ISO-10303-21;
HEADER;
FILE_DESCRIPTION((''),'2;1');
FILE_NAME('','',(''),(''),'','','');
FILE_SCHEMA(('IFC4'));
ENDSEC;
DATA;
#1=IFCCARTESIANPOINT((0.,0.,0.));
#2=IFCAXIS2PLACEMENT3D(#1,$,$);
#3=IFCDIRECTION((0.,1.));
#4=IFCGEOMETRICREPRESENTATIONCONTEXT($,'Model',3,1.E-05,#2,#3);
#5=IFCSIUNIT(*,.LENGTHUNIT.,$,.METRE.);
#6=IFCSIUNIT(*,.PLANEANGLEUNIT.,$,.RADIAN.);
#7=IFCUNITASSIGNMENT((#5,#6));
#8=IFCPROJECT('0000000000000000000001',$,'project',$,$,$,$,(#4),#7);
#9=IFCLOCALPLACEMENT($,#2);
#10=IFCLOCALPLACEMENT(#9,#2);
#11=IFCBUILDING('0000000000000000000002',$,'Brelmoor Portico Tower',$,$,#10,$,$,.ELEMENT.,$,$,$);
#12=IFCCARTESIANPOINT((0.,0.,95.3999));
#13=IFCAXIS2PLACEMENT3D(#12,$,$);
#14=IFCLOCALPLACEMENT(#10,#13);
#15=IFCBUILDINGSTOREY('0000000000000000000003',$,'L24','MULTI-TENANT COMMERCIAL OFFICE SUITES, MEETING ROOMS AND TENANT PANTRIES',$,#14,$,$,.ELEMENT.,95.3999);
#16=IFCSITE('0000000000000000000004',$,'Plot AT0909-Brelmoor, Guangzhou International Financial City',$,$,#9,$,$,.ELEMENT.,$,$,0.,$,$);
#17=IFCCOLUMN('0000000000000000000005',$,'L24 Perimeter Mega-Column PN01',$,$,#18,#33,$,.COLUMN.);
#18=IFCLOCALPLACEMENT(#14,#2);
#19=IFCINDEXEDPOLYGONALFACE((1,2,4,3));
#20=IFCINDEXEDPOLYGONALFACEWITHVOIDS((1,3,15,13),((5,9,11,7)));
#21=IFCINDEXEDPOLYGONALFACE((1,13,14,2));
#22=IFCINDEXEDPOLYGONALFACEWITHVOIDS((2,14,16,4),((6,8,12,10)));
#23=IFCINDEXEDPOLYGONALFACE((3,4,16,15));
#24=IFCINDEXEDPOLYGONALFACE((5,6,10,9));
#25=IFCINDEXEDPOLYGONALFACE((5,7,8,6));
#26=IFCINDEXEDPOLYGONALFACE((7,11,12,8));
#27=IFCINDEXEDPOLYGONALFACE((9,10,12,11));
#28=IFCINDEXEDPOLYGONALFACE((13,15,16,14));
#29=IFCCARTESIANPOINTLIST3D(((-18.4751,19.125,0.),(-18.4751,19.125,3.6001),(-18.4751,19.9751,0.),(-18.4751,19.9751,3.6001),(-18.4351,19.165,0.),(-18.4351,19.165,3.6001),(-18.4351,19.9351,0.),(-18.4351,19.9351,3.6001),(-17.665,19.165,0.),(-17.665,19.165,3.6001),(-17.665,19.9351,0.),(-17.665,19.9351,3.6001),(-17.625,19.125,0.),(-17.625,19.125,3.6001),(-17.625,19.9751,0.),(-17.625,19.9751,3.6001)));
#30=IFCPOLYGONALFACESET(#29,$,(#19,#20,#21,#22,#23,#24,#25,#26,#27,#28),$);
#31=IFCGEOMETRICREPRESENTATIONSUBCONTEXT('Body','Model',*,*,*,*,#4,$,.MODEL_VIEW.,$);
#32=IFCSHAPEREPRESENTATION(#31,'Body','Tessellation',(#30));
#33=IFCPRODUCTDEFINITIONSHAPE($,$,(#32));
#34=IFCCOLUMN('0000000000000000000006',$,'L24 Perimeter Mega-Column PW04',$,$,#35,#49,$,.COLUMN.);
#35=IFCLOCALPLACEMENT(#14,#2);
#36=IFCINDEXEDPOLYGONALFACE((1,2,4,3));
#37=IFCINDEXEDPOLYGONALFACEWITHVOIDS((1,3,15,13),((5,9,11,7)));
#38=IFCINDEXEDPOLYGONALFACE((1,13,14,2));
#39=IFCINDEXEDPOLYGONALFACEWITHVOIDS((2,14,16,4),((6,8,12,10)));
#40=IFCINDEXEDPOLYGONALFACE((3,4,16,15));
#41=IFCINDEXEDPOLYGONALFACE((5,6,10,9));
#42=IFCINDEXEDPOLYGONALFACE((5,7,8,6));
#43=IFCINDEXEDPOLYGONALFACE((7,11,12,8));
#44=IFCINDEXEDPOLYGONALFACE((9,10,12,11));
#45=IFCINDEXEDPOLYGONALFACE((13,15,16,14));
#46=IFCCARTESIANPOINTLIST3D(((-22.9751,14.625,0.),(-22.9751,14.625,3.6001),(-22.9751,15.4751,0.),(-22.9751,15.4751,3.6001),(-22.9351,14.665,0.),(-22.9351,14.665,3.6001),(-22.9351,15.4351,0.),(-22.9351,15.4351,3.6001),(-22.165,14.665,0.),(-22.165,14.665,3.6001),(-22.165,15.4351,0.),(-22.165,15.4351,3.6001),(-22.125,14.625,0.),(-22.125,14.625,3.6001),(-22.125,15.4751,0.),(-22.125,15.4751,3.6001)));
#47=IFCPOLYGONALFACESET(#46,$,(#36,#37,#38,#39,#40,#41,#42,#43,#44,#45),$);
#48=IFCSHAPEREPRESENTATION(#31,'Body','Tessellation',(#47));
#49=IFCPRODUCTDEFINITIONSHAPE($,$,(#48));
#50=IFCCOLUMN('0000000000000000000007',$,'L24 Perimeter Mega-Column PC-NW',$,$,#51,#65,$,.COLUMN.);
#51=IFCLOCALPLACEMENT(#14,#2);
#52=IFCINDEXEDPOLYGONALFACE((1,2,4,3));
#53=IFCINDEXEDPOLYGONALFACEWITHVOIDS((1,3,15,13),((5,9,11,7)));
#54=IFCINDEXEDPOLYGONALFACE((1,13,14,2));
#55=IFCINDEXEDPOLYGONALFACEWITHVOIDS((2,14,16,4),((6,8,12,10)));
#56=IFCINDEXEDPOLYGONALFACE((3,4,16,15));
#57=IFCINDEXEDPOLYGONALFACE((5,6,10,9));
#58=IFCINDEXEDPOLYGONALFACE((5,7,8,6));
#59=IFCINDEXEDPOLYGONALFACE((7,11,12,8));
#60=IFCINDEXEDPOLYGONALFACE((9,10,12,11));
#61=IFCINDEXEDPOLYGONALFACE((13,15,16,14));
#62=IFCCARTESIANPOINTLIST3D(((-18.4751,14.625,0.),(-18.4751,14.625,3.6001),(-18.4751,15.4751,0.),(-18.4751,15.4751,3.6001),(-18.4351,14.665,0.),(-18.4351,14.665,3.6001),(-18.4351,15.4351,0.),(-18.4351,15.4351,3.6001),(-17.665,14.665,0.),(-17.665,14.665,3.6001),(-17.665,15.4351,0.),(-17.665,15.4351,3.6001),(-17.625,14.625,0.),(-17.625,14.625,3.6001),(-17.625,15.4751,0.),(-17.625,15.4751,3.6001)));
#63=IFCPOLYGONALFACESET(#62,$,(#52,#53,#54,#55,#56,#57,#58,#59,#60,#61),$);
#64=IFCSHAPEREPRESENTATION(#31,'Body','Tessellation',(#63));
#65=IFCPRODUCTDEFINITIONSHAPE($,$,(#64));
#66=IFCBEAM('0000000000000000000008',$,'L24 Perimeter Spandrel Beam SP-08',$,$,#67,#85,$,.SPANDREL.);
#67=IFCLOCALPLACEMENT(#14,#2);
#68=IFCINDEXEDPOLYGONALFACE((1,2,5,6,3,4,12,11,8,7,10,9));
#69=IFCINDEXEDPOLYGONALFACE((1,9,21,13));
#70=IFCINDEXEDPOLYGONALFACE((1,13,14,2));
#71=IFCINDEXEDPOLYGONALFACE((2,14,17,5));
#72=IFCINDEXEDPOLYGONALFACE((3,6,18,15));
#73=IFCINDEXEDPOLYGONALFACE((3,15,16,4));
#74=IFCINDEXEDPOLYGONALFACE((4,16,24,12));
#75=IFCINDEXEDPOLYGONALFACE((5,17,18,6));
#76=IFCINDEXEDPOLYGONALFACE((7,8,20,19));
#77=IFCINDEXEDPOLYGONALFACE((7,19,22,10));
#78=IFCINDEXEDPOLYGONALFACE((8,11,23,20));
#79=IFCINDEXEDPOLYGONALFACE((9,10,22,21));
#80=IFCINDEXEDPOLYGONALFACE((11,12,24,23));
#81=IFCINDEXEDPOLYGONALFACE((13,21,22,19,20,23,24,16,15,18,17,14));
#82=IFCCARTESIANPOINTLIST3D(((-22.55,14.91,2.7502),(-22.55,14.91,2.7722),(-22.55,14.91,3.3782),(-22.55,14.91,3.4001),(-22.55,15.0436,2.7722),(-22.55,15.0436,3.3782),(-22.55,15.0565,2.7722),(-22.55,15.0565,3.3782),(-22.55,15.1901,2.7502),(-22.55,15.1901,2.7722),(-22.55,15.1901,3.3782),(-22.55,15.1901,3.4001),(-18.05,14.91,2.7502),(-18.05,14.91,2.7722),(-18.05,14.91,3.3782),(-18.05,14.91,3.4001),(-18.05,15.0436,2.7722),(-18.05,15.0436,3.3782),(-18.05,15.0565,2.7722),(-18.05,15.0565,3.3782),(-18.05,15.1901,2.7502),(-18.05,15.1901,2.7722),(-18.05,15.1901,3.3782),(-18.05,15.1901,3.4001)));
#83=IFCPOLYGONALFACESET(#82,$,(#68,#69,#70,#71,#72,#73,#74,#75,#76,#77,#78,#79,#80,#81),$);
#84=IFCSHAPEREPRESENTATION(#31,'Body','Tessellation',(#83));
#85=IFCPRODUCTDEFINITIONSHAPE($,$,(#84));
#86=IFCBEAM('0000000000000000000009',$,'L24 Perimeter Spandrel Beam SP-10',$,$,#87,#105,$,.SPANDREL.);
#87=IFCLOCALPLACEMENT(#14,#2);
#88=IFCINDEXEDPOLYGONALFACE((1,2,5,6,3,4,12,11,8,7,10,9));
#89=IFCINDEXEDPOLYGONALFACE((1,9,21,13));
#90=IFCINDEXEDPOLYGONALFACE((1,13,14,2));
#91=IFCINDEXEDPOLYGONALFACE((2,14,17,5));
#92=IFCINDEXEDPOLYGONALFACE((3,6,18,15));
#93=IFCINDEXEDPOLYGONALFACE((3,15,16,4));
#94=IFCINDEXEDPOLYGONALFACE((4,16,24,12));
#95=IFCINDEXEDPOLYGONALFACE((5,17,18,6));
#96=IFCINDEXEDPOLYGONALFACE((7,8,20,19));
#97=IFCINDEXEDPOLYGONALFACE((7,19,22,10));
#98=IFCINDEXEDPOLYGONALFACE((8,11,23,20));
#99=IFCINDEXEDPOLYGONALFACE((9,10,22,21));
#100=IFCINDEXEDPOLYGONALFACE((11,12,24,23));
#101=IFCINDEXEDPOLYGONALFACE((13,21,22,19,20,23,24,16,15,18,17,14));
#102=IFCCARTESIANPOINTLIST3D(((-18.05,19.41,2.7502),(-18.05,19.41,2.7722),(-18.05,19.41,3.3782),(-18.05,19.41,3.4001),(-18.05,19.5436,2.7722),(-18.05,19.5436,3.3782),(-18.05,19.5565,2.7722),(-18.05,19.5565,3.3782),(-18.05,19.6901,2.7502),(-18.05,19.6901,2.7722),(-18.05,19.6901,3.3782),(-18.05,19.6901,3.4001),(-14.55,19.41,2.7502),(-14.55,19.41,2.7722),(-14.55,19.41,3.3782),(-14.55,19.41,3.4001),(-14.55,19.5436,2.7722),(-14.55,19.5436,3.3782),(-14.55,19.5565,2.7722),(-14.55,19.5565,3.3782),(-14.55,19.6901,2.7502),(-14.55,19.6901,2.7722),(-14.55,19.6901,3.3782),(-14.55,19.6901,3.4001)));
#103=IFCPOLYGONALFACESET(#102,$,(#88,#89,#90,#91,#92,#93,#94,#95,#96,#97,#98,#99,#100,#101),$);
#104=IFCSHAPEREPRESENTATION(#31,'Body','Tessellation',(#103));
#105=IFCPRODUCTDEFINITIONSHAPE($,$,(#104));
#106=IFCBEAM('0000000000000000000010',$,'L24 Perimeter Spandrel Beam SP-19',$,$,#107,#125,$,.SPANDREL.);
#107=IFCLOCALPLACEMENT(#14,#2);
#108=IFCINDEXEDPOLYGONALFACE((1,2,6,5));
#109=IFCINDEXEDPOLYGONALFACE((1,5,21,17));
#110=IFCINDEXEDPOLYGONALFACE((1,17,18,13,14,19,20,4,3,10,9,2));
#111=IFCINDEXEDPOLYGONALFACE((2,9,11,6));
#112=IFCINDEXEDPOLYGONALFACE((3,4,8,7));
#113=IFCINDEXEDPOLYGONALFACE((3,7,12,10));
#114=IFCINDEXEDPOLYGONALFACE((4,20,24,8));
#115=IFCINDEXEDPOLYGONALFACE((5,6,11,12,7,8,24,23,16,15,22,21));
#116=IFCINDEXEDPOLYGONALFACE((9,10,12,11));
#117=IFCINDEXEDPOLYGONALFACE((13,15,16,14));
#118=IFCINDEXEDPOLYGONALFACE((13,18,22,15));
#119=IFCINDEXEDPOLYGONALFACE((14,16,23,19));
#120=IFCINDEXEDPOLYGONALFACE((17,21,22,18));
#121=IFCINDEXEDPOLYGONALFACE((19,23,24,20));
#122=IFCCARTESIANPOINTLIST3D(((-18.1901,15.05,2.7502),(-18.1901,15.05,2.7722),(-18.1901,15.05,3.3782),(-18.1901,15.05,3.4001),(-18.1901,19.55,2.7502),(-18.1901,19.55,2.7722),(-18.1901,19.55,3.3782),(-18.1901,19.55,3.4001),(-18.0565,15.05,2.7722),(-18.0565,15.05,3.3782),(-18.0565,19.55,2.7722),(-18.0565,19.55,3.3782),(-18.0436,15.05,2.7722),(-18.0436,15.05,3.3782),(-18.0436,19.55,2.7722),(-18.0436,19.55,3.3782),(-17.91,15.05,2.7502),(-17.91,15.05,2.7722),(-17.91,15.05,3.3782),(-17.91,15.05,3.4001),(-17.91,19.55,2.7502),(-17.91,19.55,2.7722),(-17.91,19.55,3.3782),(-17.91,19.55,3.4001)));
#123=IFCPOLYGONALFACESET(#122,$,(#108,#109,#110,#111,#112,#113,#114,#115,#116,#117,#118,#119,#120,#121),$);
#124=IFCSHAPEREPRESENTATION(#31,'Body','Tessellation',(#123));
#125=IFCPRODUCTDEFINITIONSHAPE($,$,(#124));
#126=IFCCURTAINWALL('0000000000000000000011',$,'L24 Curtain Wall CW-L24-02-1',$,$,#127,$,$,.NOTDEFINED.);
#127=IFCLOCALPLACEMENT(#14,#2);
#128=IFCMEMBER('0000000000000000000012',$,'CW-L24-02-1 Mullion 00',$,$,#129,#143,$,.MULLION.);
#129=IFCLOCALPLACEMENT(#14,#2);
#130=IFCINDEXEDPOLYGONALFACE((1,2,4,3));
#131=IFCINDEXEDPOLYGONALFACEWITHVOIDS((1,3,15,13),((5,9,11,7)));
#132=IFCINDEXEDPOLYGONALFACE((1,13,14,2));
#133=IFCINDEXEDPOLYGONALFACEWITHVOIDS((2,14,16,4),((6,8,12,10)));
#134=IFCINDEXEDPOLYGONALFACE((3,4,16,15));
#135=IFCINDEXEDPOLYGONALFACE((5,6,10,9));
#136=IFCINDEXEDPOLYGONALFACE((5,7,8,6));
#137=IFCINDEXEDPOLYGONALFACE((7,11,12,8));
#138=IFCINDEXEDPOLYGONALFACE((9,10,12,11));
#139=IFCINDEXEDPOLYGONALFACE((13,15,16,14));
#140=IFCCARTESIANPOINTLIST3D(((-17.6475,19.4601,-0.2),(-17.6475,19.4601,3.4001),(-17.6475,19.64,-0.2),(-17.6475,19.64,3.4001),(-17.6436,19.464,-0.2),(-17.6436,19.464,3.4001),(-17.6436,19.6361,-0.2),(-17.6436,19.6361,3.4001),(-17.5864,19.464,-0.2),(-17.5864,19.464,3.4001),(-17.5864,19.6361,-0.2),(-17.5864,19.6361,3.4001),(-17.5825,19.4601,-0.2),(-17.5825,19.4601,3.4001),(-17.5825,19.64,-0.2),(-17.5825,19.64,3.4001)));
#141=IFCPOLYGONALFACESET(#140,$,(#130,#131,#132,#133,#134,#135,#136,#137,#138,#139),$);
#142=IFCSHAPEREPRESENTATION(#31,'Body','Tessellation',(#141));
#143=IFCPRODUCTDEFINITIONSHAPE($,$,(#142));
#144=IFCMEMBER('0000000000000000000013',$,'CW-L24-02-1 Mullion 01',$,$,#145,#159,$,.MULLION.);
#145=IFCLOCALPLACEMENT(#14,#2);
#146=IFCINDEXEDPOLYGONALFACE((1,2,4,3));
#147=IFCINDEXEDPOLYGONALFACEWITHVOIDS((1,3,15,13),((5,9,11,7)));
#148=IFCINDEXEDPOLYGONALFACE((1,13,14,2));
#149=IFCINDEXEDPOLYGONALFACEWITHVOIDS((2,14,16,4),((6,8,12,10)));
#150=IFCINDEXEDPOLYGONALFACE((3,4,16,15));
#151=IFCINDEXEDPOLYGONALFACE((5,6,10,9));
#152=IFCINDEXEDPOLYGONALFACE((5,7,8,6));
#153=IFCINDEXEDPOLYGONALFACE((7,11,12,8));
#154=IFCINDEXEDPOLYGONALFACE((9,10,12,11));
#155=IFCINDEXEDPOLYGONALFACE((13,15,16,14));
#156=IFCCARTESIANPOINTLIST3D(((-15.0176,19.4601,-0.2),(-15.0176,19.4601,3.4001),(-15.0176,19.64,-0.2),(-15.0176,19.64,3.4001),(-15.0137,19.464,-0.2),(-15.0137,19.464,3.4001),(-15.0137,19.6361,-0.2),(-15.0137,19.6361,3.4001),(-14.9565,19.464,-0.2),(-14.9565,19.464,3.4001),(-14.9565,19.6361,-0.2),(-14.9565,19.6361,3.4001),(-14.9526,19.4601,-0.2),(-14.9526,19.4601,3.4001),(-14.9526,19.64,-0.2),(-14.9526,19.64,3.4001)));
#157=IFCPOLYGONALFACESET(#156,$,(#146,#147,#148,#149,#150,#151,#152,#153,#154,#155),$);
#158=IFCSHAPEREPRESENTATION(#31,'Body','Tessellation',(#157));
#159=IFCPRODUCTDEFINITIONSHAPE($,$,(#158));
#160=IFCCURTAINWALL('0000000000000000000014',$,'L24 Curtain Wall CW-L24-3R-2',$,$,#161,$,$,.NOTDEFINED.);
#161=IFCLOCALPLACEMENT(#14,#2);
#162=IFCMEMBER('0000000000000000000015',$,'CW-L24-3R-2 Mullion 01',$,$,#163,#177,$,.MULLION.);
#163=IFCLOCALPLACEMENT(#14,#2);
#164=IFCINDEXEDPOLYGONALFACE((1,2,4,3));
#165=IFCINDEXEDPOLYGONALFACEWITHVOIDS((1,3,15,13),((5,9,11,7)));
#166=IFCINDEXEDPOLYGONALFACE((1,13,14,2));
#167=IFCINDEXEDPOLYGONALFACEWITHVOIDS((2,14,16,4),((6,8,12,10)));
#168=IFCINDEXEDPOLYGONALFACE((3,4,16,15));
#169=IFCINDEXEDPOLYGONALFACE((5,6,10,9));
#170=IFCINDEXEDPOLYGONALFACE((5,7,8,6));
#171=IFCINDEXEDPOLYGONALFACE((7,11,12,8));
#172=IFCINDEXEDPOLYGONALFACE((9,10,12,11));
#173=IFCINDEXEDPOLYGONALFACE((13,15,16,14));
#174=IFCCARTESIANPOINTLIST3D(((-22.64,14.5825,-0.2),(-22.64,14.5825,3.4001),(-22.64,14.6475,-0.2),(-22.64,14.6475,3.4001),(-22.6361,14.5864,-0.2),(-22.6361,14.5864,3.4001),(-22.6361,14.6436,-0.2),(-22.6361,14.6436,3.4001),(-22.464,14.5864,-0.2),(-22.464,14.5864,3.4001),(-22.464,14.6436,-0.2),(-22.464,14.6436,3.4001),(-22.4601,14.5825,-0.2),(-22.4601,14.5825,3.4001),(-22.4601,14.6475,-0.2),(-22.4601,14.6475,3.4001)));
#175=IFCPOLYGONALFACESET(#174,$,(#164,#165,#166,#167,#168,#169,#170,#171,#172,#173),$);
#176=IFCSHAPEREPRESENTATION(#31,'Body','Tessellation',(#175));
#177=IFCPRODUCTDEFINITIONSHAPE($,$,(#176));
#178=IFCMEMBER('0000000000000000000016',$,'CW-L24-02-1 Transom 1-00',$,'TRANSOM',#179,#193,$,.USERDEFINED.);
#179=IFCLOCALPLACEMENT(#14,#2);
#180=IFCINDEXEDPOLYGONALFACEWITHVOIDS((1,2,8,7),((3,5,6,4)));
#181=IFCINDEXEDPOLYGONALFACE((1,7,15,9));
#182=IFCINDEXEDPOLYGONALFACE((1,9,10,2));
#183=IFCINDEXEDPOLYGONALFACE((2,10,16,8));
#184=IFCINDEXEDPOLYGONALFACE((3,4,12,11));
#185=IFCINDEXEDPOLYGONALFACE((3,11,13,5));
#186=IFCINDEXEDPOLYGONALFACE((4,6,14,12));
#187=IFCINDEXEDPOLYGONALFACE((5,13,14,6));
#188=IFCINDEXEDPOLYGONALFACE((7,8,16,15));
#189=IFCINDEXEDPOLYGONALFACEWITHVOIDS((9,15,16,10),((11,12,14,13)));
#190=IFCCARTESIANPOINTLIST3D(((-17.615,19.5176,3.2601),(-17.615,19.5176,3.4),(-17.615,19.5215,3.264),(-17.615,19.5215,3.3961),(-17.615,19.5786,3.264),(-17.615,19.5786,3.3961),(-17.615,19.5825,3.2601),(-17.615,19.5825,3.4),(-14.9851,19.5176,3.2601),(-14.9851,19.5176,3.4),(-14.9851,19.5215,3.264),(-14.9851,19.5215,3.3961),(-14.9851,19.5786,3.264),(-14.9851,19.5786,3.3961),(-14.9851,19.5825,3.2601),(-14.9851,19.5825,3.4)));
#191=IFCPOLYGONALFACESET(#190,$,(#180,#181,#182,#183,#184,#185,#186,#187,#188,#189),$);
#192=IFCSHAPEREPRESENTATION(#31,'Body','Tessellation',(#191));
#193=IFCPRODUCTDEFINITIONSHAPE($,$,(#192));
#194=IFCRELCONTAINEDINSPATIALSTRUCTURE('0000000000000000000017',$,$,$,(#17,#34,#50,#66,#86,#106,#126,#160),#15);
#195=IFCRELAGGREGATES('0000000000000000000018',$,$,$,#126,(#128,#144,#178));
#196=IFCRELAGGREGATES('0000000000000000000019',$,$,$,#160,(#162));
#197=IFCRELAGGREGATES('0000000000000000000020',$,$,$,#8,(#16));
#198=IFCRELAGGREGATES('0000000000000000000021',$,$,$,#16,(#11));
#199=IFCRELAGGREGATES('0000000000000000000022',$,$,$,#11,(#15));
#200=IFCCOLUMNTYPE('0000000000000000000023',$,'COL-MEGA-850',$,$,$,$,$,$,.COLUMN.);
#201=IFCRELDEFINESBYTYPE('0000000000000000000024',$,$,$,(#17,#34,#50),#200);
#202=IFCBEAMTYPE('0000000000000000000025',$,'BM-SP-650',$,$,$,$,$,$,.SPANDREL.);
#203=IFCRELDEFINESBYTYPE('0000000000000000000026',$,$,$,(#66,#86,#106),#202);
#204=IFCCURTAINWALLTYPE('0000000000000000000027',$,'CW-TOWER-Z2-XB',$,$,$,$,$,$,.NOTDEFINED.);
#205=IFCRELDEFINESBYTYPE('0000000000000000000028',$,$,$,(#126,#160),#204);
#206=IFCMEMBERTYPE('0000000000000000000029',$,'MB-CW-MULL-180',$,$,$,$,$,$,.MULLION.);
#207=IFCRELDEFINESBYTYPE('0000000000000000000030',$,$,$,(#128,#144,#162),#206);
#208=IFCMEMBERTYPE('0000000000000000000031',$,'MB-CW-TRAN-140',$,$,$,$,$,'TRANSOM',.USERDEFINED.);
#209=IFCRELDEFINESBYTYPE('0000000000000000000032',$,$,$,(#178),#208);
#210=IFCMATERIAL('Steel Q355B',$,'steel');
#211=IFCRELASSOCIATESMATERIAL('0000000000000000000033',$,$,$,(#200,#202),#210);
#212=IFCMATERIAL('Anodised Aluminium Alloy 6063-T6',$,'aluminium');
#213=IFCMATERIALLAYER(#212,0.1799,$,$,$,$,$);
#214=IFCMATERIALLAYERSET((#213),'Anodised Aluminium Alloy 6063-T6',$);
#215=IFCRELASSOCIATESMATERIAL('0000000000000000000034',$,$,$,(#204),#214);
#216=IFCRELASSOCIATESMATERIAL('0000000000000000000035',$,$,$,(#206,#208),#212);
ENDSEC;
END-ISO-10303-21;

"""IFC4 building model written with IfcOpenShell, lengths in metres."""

from ifc_helpers import new_model, si_unit, direction, frame, origin, origin_2d, place, context, subcontext, project, spatial, hollow_rectangle, i_section, extrude, material, layer, layer_set, material_profile, profile_set, type_object, element, aggregate, save


model = new_model("IFC4")

# Units and contexts
model_context = context("Model", 3, precision=1e-05, world=origin(), true_north=direction((0.0, 1.0)))
body_context = subcontext(model_context, "Body", "Model", "MODEL_VIEW")
ifc_project = project(units=[si_unit("LENGTHUNIT", "METRE"), si_unit("PLANEANGLEUNIT", "RADIAN")], contexts=[model_context])

# Site, building, storey
site_placement = place(None, origin())
site = spatial("IfcSite", under=ifc_project, at=site_placement, Name="Plot AT0909-Brelmoor, Guangzhou International Financial City", CompositionType="ELEMENT", RefElevation=0.0)
building_placement = place(site_placement, origin())
building = spatial("IfcBuilding", under=site, at=building_placement, Name="Brelmoor Portico Tower", CompositionType="ELEMENT")
storey_placement = place(building_placement, frame((0.0, 0.0, 95.3999)))
storey = spatial("IfcBuildingStorey", under=building, at=storey_placement, Name="L24", Description="MULTI-TENANT COMMERCIAL OFFICE SUITES, MEETING ROOMS AND TENANT PANTRIES", CompositionType="ELEMENT", Elevation=95.3999)

# Columns
ifc_material_1 = material(Name="Steel Q355B", Category="steel")
ifc_material_profile_1 = material_profile(ifc_material_1, hollow_rectangle(XDim=0.8501, YDim=0.8501, WallThickness=0.04, at=origin_2d()), Name="BOX 850x850x40")
ifc_profile_set_1 = profile_set([ifc_material_profile_1], Name="Steel Q355B")
column_type = type_object("IfcColumnType", Name="COL-MEGA-850", PredefinedType="COLUMN", material=ifc_profile_set_1)
for number, where, z_axis, x_axis, name in (
    (1, (-18.05, 19.55, 0.0), (0.0, 0.0, 1.0), (1.0, 0.0, 0.0), "L24 Perimeter Mega-Column PN01"),
    (2, (-22.55, 15.05, 0.0), (0.0, 0.0, 1.0), (0.0, 1.0, 0.0), "L24 Perimeter Mega-Column PW04"),
    (3, (-18.05, 15.05, 0.0), (0.0, 0.0, 1.0), (1.0, 0.0, 0.0), "L24 Perimeter Mega-Column PC-NW"),
):
    element("IfcColumn", number, at=place(storey_placement, frame(where, z_axis=z_axis, x_axis=x_axis)), inside=storey, type_object=column_type, Name=name, PredefinedType="COLUMN", context=body_context, shape_type="SweptSolid", body=[
        extrude(hollow_rectangle(XDim=0.8501, YDim=0.8501, WallThickness=0.04, at=origin_2d()), origin(), (0.0, 0.0, 1.0), 3.6001),
    ])

# Beams
ifc_material_profile_2 = material_profile(ifc_material_1, i_section(OverallWidth=0.28, OverallDepth=0.6499, WebThickness=0.0129, FlangeThickness=0.022, at=origin_2d()), Name="HN 650x280x13x22")
ifc_profile_set_2 = profile_set([ifc_material_profile_2], Name="Steel Q355B")
beam_type = type_object("IfcBeamType", Name="BM-SP-650", PredefinedType="SPANDREL", material=ifc_profile_set_2)
beam_1_placement = place(storey_placement, frame((-22.55, 15.05, 3.0752), z_axis=(1.0, 0.0, 0.0), x_axis=(0.0, 1.0, 0.0)))
element("IfcBeam", 4, at=beam_1_placement, inside=storey, type_object=beam_type, Name="L24 Perimeter Spandrel Beam SP-08", PredefinedType="SPANDREL", context=body_context, shape_type="SweptSolid", body=[
    extrude(i_section(OverallWidth=0.28, OverallDepth=0.6499, WebThickness=0.0129, FlangeThickness=0.022, at=origin_2d()), origin(), (0.0, 0.0, 1.0), 4.5),
])
beam_2_placement = place(storey_placement, frame((-18.05, 19.55, 3.0752), z_axis=(1.0, 0.0, 0.0), x_axis=(0.0, 1.0, 0.0)))
element("IfcBeam", 5, at=beam_2_placement, inside=storey, type_object=beam_type, Name="L24 Perimeter Spandrel Beam SP-10", PredefinedType="SPANDREL", context=body_context, shape_type="SweptSolid", body=[
    extrude(i_section(OverallWidth=0.28, OverallDepth=0.6499, WebThickness=0.0129, FlangeThickness=0.022, at=origin_2d()), origin(), (0.0, 0.0, 1.0), 3.5),
])
beam_3_placement = place(storey_placement, frame((-18.05, 15.05, 3.0752), z_axis=(0.0, 1.0, 0.0), x_axis=(-1.0, 0.0, 0.0)))
element("IfcBeam", 6, at=beam_3_placement, inside=storey, type_object=beam_type, Name="L24 Perimeter Spandrel Beam SP-19", PredefinedType="SPANDREL", context=body_context, shape_type="SweptSolid", body=[
    extrude(i_section(OverallWidth=0.28, OverallDepth=0.6499, WebThickness=0.0129, FlangeThickness=0.022, at=origin_2d()), origin(), (0.0, 0.0, 1.0), 4.5),
])

# Curtain wall, members
ifc_material_2 = material(Name="Anodised Aluminium Alloy 6063-T6", Category="aluminium")
ifc_layer_1 = layer(ifc_material_2, 0.1799)
ifc_layer_set_1 = layer_set([ifc_layer_1], Name="Anodised Aluminium Alloy 6063-T6")
curtain_wall_type = type_object("IfcCurtainWallType", Name="CW-TOWER-Z2-XB", PredefinedType="NOTDEFINED", material=ifc_layer_set_1)
curtain_wall_1_placement = place(storey_placement, origin())
curtain_wall_1 = element("IfcCurtainWall", 7, at=curtain_wall_1_placement, inside=storey, type_object=curtain_wall_type, Name="L24 Curtain Wall CW-L24-02-1", PredefinedType="NOTDEFINED")
ifc_material_profile_3 = material_profile(ifc_material_2, hollow_rectangle(XDim=0.0649, YDim=0.1799, WallThickness=0.0039, at=origin_2d()), Name="ALU MULLION 65x180")
ifc_profile_set_3 = profile_set([ifc_material_profile_3], Name="Anodised Aluminium Alloy 6063-T6")
member_type_1 = type_object("IfcMemberType", Name="MB-CW-MULL-180", PredefinedType="MULLION", material=ifc_profile_set_3)
member_1_placement = place(storey_placement, frame((-17.615, 19.55, -0.2), z_axis=(0.0, 0.0, 1.0), x_axis=(1.0, 0.0, 0.0)))
member_1 = element("IfcMember", 8, at=member_1_placement, type_object=member_type_1, Name="CW-L24-02-1 Mullion 00", PredefinedType="MULLION", context=body_context, shape_type="SweptSolid", body=[
    extrude(hollow_rectangle(XDim=0.0649, YDim=0.1799, WallThickness=0.0039, at=origin_2d()), origin(), (0.0, 0.0, 1.0), 3.6001),
])
member_2_placement = place(storey_placement, frame((-14.9851, 19.55, -0.2), z_axis=(0.0, 0.0, 1.0), x_axis=(1.0, 0.0, 0.0)))
member_2 = element("IfcMember", 9, at=member_2_placement, type_object=member_type_1, Name="CW-L24-02-1 Mullion 01", PredefinedType="MULLION", context=body_context, shape_type="SweptSolid", body=[
    extrude(hollow_rectangle(XDim=0.0649, YDim=0.1799, WallThickness=0.0039, at=origin_2d()), origin(), (0.0, 0.0, 1.0), 3.6001),
])

# Curtain wall, member
curtain_wall_2_placement = place(storey_placement, origin())
curtain_wall_2 = element("IfcCurtainWall", 10, at=curtain_wall_2_placement, inside=storey, type_object=curtain_wall_type, Name="L24 Curtain Wall CW-L24-3R-2", PredefinedType="NOTDEFINED")
member_3_placement = place(storey_placement, frame((-22.55, 14.615, -0.2), z_axis=(0.0, 0.0, 1.0), x_axis=(0.0, 1.0, 0.0)))
member_3 = element("IfcMember", 11, at=member_3_placement, type_object=member_type_1, Name="CW-L24-3R-2 Mullion 01", PredefinedType="MULLION", context=body_context, shape_type="SweptSolid", body=[
    extrude(hollow_rectangle(XDim=0.0649, YDim=0.1799, WallThickness=0.0039, at=origin_2d()), origin(), (0.0, 0.0, 1.0), 3.6001),
])

# Member
ifc_material_profile_4 = material_profile(ifc_material_2, hollow_rectangle(XDim=0.0649, YDim=0.1399, WallThickness=0.0039, at=origin_2d()), Name="ALU TRANSOM 65x140")
ifc_profile_set_4 = profile_set([ifc_material_profile_4], Name="Anodised Aluminium Alloy 6063-T6")
member_type_2 = type_object("IfcMemberType", Name="MB-CW-TRAN-140", ElementType="TRANSOM", PredefinedType="USERDEFINED", material=ifc_profile_set_4)
member_4_placement = place(storey_placement, frame((-17.615, 19.55, 3.3301), z_axis=(1.0, 0.0, 0.0), x_axis=(0.0, 1.0, 0.0)))
member_4 = element("IfcMember", 12, at=member_4_placement, type_object=member_type_2, Name="CW-L24-02-1 Transom 1-00", ObjectType="TRANSOM", PredefinedType="USERDEFINED", context=body_context, shape_type="SweptSolid", body=[
    extrude(hollow_rectangle(XDim=0.0649, YDim=0.1399, WallThickness=0.0039, at=origin_2d()), origin(), (0.0, 0.0, 1.0), 2.6299),
])

aggregate(curtain_wall_1, [member_1, member_2, member_4])
aggregate(curtain_wall_2, [member_3])

save(model, "model.ifc")
